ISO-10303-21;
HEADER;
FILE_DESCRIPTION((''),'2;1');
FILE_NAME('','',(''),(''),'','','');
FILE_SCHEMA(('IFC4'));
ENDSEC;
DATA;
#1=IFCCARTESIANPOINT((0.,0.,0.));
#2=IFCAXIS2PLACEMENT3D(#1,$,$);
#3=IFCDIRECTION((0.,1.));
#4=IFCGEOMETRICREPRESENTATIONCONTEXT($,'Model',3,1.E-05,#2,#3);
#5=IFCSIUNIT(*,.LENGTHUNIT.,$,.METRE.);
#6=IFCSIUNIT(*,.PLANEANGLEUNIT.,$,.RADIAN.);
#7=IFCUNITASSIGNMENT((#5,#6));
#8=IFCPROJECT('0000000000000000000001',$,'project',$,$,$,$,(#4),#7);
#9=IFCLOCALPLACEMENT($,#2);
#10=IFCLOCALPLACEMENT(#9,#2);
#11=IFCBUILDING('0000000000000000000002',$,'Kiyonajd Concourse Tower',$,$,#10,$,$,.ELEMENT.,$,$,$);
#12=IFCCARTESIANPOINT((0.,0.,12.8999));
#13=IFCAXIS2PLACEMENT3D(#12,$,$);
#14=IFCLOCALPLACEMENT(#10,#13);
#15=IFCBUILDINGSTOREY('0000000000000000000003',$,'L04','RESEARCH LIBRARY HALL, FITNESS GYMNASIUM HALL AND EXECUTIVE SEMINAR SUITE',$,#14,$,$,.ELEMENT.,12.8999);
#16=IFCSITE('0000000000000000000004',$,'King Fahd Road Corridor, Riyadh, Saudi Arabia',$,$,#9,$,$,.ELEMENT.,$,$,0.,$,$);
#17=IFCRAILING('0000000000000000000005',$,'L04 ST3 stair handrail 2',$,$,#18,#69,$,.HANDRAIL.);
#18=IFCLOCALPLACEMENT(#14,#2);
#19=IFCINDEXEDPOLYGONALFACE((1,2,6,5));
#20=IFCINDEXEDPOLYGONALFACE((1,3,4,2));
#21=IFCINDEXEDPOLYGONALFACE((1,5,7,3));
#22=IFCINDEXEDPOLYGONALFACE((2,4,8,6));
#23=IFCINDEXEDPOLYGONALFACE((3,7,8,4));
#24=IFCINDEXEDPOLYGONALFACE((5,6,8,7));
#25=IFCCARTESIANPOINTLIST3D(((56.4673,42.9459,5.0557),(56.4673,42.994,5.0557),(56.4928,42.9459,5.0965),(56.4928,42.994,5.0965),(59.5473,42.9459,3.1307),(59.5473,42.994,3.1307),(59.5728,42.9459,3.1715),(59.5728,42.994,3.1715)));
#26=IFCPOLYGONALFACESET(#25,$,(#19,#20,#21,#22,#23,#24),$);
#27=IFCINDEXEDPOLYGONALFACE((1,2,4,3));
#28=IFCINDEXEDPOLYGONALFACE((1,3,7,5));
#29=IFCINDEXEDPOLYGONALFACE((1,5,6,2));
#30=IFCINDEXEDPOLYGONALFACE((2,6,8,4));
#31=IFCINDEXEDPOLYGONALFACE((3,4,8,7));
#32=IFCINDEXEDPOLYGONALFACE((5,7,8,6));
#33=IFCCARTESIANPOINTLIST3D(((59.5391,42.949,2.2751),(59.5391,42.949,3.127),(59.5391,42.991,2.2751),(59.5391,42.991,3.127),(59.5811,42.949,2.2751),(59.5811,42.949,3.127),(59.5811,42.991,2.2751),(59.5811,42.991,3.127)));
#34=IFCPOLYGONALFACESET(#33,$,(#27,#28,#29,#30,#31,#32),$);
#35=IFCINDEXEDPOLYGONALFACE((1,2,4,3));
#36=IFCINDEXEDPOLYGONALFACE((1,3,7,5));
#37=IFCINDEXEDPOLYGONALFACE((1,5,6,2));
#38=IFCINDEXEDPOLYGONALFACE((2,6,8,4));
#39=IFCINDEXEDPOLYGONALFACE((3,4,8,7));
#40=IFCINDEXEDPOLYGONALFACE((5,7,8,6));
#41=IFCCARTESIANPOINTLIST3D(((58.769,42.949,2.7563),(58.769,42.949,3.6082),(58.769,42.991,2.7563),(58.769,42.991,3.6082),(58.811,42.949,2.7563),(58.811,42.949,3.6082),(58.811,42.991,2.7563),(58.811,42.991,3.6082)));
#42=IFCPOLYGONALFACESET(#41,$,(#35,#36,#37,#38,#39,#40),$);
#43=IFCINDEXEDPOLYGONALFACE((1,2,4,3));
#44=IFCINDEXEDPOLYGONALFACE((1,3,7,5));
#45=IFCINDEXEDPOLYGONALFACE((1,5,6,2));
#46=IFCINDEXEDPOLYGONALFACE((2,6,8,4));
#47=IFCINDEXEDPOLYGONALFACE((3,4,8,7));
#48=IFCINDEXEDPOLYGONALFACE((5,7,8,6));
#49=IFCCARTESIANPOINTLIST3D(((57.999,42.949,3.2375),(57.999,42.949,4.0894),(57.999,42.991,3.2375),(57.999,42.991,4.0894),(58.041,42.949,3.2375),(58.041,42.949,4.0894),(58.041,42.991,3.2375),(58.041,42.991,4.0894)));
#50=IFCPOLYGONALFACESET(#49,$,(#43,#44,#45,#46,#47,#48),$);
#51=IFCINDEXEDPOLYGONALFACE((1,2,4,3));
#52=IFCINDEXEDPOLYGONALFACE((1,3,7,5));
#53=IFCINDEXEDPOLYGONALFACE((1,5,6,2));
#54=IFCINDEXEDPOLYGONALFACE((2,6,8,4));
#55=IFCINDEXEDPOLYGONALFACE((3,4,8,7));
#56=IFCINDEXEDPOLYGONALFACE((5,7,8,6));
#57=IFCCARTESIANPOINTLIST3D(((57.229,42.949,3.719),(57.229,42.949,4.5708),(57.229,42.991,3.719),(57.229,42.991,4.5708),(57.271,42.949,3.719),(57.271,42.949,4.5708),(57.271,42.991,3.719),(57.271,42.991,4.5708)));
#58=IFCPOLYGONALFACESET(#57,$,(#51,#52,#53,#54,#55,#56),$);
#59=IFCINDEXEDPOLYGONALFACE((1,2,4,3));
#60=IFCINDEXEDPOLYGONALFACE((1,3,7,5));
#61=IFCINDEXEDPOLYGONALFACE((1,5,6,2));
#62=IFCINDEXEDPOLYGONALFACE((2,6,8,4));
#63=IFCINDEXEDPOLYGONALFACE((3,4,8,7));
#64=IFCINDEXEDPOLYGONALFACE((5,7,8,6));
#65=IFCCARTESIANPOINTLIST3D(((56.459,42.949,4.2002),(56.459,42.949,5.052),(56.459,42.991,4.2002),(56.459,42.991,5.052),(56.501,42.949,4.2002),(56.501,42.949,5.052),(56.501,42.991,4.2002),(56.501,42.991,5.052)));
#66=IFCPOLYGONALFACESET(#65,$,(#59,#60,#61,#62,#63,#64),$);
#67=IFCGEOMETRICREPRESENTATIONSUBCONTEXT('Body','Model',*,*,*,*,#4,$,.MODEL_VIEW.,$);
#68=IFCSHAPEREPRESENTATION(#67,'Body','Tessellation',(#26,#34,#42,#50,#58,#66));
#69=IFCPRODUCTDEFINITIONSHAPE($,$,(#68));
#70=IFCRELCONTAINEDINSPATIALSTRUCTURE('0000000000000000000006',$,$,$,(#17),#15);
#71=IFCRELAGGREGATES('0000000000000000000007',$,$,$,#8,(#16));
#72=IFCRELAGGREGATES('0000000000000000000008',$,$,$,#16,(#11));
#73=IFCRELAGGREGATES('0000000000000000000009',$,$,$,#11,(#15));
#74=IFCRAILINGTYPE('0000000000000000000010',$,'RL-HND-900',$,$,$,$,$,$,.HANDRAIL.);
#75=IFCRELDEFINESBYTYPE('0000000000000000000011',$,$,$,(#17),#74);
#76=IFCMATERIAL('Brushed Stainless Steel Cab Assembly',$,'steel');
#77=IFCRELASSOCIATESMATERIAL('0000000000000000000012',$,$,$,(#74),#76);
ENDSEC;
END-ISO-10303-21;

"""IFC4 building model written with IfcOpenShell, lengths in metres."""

from ifc_helpers import new_model, si_unit, direction, frame, origin, origin_2d, place, context, subcontext, project, spatial, rectangle, extrude, material, type_object, element, save


model = new_model("IFC4")

# Units and contexts
model_context = context("Model", 3, precision=1e-05, world=origin(), true_north=direction((0.0, 1.0)))
body_context = subcontext(model_context, "Body", "Model", "MODEL_VIEW")
ifc_project = project(units=[si_unit("LENGTHUNIT", "METRE"), si_unit("PLANEANGLEUNIT", "RADIAN")], contexts=[model_context])

# Site, building, storey
site_placement = place(None, origin())
site = spatial("IfcSite", under=ifc_project, at=site_placement, Name="King Fahd Road Corridor, Riyadh, Saudi Arabia", CompositionType="ELEMENT", RefElevation=0.0)
building_placement = place(site_placement, origin())
building = spatial("IfcBuilding", under=site, at=building_placement, Name="Kiyonajd Concourse Tower", CompositionType="ELEMENT")
storey_placement = place(building_placement, frame((0.0, 0.0, 12.8999)))
storey = spatial("IfcBuildingStorey", under=building, at=storey_placement, Name="L04", Description="RESEARCH LIBRARY HALL, FITNESS GYMNASIUM HALL AND EXECUTIVE SEMINAR SUITE", CompositionType="ELEMENT", Elevation=12.8999)

# Shared definitions
ifc_material_1 = material(Name="Brushed Stainless Steel Cab Assembly", Category="steel")

# Railing
railing_type_1 = type_object("IfcRailingType", Name="RL-HND-900", PredefinedType="HANDRAIL", material=ifc_material_1)
railing_1_placement = place(storey_placement, frame((59.5601, 42.97, 2.2751)))
element("IfcRailing", 1, at=railing_1_placement, inside=storey, type_object=railing_type_1, Name="L04 ST3 stair handrail 2", PredefinedType="HANDRAIL", context=body_context, shape_type="SweptSolid", body=[
    extrude(rectangle(XDim=0.0481, YDim=0.0481, at=origin_2d()), frame((0.0, 0.0, 0.876), z_axis=(-0.847998, 0.0, 0.529999), x_axis=(0.0, -1.0, 0.0)), (0.0, 0.0, 1.0), 3.6321),
    extrude(rectangle(XDim=0.042, YDim=0.042, at=origin_2d()), origin(), (0.0, 0.0, 1.0), 0.8518),
    extrude(rectangle(XDim=0.042, YDim=0.042, at=origin_2d()), frame((-0.77, 0.0, 0.4812)), (0.0, 0.0, 1.0), 0.8518),
    extrude(rectangle(XDim=0.042, YDim=0.042, at=origin_2d()), frame((-1.54, 0.0, 0.9624)), (0.0, 0.0, 1.0), 0.8518),
    extrude(rectangle(XDim=0.042, YDim=0.042, at=origin_2d()), frame((-2.3101, 0.0, 1.4438)), (0.0, 0.0, 1.0), 0.8518),
    extrude(rectangle(XDim=0.042, YDim=0.042, at=origin_2d()), frame((-3.0801, 0.0, 1.925)), (0.0, 0.0, 1.0), 0.8518),
])

save(model, "model.ifc")
